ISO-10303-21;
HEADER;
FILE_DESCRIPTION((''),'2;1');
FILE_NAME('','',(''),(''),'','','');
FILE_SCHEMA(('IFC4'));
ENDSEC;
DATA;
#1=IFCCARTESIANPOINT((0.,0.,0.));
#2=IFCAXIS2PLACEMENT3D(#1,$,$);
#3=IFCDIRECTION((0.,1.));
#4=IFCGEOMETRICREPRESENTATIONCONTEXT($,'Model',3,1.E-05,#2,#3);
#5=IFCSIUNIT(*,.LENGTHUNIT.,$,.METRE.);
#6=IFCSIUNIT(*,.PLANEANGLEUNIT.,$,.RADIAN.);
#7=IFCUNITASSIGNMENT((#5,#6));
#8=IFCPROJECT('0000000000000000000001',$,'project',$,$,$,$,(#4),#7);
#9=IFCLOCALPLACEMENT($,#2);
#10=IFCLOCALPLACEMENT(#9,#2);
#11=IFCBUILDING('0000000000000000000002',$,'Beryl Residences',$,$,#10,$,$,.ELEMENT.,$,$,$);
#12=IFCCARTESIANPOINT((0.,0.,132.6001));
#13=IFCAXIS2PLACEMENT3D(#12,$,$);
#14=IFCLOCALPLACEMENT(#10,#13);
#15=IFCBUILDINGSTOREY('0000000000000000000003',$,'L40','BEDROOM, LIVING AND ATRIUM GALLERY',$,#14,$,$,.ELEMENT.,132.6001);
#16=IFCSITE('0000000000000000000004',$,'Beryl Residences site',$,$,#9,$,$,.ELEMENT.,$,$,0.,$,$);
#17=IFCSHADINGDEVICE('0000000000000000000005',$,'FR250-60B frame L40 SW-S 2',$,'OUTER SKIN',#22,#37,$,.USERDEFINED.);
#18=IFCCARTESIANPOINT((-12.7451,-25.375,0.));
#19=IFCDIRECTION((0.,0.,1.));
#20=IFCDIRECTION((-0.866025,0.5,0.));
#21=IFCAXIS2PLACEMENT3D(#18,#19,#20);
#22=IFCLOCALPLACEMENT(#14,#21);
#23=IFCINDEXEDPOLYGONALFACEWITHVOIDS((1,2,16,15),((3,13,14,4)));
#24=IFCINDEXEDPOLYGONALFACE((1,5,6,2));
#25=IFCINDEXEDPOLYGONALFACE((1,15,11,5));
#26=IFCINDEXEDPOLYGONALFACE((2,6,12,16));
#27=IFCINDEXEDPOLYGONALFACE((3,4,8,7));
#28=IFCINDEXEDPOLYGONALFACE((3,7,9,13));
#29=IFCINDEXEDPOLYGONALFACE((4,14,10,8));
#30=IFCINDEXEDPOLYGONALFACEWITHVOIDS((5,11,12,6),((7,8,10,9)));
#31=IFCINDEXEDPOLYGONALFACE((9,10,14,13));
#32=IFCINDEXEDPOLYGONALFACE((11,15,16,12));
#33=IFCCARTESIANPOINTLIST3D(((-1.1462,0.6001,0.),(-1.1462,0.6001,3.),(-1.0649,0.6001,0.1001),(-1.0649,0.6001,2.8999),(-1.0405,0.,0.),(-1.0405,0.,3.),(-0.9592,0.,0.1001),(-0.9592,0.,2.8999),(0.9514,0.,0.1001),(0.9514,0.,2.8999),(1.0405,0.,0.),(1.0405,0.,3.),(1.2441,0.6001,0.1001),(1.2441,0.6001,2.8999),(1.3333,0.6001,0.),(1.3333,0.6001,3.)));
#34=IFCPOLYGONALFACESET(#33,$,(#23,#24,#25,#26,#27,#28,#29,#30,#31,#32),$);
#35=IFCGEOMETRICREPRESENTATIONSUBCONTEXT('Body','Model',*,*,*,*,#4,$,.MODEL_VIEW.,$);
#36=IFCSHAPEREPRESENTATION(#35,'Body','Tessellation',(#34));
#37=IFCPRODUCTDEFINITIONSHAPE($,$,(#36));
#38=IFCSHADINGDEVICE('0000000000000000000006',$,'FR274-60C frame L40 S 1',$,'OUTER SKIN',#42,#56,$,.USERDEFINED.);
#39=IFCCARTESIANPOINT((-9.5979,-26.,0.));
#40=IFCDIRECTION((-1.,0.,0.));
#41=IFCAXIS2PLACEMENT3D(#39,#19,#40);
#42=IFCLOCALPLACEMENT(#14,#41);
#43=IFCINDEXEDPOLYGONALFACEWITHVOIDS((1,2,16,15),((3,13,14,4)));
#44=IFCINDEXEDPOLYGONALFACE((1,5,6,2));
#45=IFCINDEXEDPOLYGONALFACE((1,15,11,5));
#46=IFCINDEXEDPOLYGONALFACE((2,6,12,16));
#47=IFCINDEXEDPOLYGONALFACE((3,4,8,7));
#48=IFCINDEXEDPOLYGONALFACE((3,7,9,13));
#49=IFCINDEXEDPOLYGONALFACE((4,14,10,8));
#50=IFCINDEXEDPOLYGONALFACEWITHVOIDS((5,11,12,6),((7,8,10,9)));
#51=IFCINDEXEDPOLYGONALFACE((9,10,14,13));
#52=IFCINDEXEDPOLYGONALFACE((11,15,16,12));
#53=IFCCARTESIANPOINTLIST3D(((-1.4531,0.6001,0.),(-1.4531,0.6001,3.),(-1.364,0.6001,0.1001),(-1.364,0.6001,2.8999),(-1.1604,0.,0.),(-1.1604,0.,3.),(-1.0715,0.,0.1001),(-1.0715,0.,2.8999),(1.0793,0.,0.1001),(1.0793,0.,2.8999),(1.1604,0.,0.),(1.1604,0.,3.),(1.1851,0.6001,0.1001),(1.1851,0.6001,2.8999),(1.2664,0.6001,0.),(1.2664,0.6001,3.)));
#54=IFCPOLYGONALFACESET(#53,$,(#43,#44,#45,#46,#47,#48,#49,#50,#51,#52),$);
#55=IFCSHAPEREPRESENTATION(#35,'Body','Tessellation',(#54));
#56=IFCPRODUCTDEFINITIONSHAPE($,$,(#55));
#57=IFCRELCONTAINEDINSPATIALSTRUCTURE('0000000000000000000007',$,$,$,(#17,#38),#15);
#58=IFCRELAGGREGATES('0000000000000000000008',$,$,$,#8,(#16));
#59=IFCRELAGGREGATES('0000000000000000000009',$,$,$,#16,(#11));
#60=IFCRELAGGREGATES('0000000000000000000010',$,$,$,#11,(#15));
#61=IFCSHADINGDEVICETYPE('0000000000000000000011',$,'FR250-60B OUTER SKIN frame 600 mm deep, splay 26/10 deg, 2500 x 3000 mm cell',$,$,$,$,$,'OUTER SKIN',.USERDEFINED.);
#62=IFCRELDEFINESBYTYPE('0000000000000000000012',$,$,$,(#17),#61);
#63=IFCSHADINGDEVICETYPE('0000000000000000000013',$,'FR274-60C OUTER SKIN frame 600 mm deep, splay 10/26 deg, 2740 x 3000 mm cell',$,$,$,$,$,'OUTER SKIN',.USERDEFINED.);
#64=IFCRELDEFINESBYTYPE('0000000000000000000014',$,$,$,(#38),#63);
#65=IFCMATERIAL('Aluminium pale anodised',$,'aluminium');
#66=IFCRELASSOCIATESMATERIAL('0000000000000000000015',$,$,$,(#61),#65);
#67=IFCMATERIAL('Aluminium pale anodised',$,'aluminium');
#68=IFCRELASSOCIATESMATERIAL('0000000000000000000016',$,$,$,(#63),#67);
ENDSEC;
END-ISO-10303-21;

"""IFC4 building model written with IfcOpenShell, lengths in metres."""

from ifc_helpers import new_model, entity, si_unit, direction, frame, origin, place, context, subcontext, project, spatial, source, transform, mapped, material, type_object, type_shapes, element, save


model = new_model("IFC4")

# Units and contexts
model_context = context("Model", 3, precision=1e-05, world=origin(), true_north=direction((0.0, 1.0)))
body_context = subcontext(model_context, "Body", "Model", "MODEL_VIEW")
ifc_project = project(units=[si_unit("LENGTHUNIT", "METRE"), si_unit("PLANEANGLEUNIT", "RADIAN")], contexts=[model_context])

# Site, building, storey
site_placement = place(None, origin())
site = spatial("IfcSite", under=ifc_project, at=site_placement, Name="Beryl Residences site", CompositionType="ELEMENT", RefElevation=0.0)
building_placement = place(site_placement, origin())
building = spatial("IfcBuilding", under=site, at=building_placement, Name="Beryl Residences", CompositionType="ELEMENT")
storey_placement = place(building_placement, frame((0.0, 0.0, 132.6001)))
storey = spatial("IfcBuildingStorey", under=building, at=storey_placement, Name="L40", Description="BEDROOM, LIVING AND ATRIUM GALLERY", CompositionType="ELEMENT", Elevation=132.6001)

# Shading devices
ifc_material_1 = material(Name="Aluminium pale anodised", Category="aluminium")
shading_device_type_1 = type_object("IfcShadingDeviceType", Name="FR250-60B OUTER SKIN frame 600 mm deep, splay 26/10 deg, 2500 x 3000 mm cell", ElementType="OUTER SKIN", PredefinedType="USERDEFINED", material=ifc_material_1)
cartesian_point_1 = entity("IfcCartesianPoint", [-1.0405, 0.0])
cartesian_point_2 = entity("IfcCartesianPoint", [-0.9514, 0.1001])
cartesian_point_3 = entity("IfcCartesianPoint", [-1.3333, 0.0])
cartesian_point_4 = entity("IfcCartesianPoint", [-1.2441, 0.1001])
shared_shape_1 = source(origin(), body_context, "Body", "SweptSolid", [
    entity("IfcExtrudedAreaSolidTapered", entity("IfcArbitraryProfileDefWithVoids", "AREA", None, entity("IfcPolyline", [cartesian_point_1, entity("IfcCartesianPoint", [1.0405, 0.0]), entity("IfcCartesianPoint", [1.0405, 3.0]), entity("IfcCartesianPoint", [-1.0405, 3.0]), cartesian_point_1]), [entity("IfcPolyline", [cartesian_point_2, entity("IfcCartesianPoint", [0.9592, 0.1001]), entity("IfcCartesianPoint", [0.9592, 2.8999]), entity("IfcCartesianPoint", [-0.9514, 2.8999]), cartesian_point_2])]), entity("IfcAxis2Placement3D", entity("IfcCartesianPoint", [0.0, 0.0, 0.0]), entity("IfcDirection", [0.0, 1.0, 0.0]), entity("IfcDirection", [-1.0, 0.0, 0.0])), entity("IfcDirection", [0.0, 0.0, 1.0]), 0.6001, entity("IfcArbitraryProfileDefWithVoids", "AREA", None, entity("IfcPolyline", [cartesian_point_3, entity("IfcCartesianPoint", [1.1462, 0.0]), entity("IfcCartesianPoint", [1.1462, 3.0]), entity("IfcCartesianPoint", [-1.3333, 3.0]), cartesian_point_3]), [entity("IfcPolyline", [cartesian_point_4, entity("IfcCartesianPoint", [1.0649, 0.1001]), entity("IfcCartesianPoint", [1.0649, 2.8999]), entity("IfcCartesianPoint", [-1.2441, 2.8999]), cartesian_point_4])])),
])
type_shapes(shading_device_type_1, [shared_shape_1])
shading_device_1_placement = place(storey_placement, frame((-12.7451, -25.375, 0.0), z_axis=(0.0, 0.0, 1.0), x_axis=(-0.866025, 0.5, 0.0)))
element("IfcShadingDevice", 1, at=shading_device_1_placement, inside=storey, type_object=shading_device_type_1, Name="FR250-60B frame L40 SW-S 2", ObjectType="OUTER SKIN", PredefinedType="USERDEFINED", context=body_context, shape_type="MappedRepresentation", body=[
    mapped(shared_shape_1, transform((0.0, 0.0, 0.0))),
])
ifc_material_2 = material(Name="Aluminium pale anodised", Category="aluminium")
shading_device_type_2 = type_object("IfcShadingDeviceType", Name="FR274-60C OUTER SKIN frame 600 mm deep, splay 10/26 deg, 2740 x 3000 mm cell", ElementType="OUTER SKIN", PredefinedType="USERDEFINED", material=ifc_material_2)
cartesian_point_5 = entity("IfcCartesianPoint", [-1.1604, 0.0])
cartesian_point_6 = entity("IfcCartesianPoint", [-1.0793, 0.1001])
cartesian_point_7 = entity("IfcCartesianPoint", [-1.2664, 0.0])
cartesian_point_8 = entity("IfcCartesianPoint", [-1.1851, 0.1001])
shared_shape_2 = source(origin(), body_context, "Body", "SweptSolid", [
    entity("IfcExtrudedAreaSolidTapered", entity("IfcArbitraryProfileDefWithVoids", "AREA", None, entity("IfcPolyline", [cartesian_point_5, entity("IfcCartesianPoint", [1.1604, 0.0]), entity("IfcCartesianPoint", [1.1604, 3.0]), entity("IfcCartesianPoint", [-1.1604, 3.0]), cartesian_point_5]), [entity("IfcPolyline", [cartesian_point_6, entity("IfcCartesianPoint", [1.0715, 0.1001]), entity("IfcCartesianPoint", [1.0715, 2.8999]), entity("IfcCartesianPoint", [-1.0793, 2.8999]), cartesian_point_6])]), entity("IfcAxis2Placement3D", entity("IfcCartesianPoint", [0.0, 0.0, 0.0]), entity("IfcDirection", [0.0, 1.0, 0.0]), entity("IfcDirection", [-1.0, 0.0, 0.0])), entity("IfcDirection", [0.0, 0.0, 1.0]), 0.6001, entity("IfcArbitraryProfileDefWithVoids", "AREA", None, entity("IfcPolyline", [cartesian_point_7, entity("IfcCartesianPoint", [1.4531, 0.0]), entity("IfcCartesianPoint", [1.4531, 3.0]), entity("IfcCartesianPoint", [-1.2664, 3.0]), cartesian_point_7]), [entity("IfcPolyline", [cartesian_point_8, entity("IfcCartesianPoint", [1.364, 0.1001]), entity("IfcCartesianPoint", [1.364, 2.8999]), entity("IfcCartesianPoint", [-1.1851, 2.8999]), cartesian_point_8])])),
])
type_shapes(shading_device_type_2, [shared_shape_2])
shading_device_2_placement = place(storey_placement, frame((-9.5979, -26.0, 0.0), z_axis=(0.0, 0.0, 1.0), x_axis=(-1.0, 0.0, 0.0)))
element("IfcShadingDevice", 2, at=shading_device_2_placement, inside=storey, type_object=shading_device_type_2, Name="FR274-60C frame L40 S 1", ObjectType="OUTER SKIN", PredefinedType="USERDEFINED", context=body_context, shape_type="MappedRepresentation", body=[
    mapped(shared_shape_2, transform((0.0, 0.0, 0.0))),
])

save(model, "model.ifc")
